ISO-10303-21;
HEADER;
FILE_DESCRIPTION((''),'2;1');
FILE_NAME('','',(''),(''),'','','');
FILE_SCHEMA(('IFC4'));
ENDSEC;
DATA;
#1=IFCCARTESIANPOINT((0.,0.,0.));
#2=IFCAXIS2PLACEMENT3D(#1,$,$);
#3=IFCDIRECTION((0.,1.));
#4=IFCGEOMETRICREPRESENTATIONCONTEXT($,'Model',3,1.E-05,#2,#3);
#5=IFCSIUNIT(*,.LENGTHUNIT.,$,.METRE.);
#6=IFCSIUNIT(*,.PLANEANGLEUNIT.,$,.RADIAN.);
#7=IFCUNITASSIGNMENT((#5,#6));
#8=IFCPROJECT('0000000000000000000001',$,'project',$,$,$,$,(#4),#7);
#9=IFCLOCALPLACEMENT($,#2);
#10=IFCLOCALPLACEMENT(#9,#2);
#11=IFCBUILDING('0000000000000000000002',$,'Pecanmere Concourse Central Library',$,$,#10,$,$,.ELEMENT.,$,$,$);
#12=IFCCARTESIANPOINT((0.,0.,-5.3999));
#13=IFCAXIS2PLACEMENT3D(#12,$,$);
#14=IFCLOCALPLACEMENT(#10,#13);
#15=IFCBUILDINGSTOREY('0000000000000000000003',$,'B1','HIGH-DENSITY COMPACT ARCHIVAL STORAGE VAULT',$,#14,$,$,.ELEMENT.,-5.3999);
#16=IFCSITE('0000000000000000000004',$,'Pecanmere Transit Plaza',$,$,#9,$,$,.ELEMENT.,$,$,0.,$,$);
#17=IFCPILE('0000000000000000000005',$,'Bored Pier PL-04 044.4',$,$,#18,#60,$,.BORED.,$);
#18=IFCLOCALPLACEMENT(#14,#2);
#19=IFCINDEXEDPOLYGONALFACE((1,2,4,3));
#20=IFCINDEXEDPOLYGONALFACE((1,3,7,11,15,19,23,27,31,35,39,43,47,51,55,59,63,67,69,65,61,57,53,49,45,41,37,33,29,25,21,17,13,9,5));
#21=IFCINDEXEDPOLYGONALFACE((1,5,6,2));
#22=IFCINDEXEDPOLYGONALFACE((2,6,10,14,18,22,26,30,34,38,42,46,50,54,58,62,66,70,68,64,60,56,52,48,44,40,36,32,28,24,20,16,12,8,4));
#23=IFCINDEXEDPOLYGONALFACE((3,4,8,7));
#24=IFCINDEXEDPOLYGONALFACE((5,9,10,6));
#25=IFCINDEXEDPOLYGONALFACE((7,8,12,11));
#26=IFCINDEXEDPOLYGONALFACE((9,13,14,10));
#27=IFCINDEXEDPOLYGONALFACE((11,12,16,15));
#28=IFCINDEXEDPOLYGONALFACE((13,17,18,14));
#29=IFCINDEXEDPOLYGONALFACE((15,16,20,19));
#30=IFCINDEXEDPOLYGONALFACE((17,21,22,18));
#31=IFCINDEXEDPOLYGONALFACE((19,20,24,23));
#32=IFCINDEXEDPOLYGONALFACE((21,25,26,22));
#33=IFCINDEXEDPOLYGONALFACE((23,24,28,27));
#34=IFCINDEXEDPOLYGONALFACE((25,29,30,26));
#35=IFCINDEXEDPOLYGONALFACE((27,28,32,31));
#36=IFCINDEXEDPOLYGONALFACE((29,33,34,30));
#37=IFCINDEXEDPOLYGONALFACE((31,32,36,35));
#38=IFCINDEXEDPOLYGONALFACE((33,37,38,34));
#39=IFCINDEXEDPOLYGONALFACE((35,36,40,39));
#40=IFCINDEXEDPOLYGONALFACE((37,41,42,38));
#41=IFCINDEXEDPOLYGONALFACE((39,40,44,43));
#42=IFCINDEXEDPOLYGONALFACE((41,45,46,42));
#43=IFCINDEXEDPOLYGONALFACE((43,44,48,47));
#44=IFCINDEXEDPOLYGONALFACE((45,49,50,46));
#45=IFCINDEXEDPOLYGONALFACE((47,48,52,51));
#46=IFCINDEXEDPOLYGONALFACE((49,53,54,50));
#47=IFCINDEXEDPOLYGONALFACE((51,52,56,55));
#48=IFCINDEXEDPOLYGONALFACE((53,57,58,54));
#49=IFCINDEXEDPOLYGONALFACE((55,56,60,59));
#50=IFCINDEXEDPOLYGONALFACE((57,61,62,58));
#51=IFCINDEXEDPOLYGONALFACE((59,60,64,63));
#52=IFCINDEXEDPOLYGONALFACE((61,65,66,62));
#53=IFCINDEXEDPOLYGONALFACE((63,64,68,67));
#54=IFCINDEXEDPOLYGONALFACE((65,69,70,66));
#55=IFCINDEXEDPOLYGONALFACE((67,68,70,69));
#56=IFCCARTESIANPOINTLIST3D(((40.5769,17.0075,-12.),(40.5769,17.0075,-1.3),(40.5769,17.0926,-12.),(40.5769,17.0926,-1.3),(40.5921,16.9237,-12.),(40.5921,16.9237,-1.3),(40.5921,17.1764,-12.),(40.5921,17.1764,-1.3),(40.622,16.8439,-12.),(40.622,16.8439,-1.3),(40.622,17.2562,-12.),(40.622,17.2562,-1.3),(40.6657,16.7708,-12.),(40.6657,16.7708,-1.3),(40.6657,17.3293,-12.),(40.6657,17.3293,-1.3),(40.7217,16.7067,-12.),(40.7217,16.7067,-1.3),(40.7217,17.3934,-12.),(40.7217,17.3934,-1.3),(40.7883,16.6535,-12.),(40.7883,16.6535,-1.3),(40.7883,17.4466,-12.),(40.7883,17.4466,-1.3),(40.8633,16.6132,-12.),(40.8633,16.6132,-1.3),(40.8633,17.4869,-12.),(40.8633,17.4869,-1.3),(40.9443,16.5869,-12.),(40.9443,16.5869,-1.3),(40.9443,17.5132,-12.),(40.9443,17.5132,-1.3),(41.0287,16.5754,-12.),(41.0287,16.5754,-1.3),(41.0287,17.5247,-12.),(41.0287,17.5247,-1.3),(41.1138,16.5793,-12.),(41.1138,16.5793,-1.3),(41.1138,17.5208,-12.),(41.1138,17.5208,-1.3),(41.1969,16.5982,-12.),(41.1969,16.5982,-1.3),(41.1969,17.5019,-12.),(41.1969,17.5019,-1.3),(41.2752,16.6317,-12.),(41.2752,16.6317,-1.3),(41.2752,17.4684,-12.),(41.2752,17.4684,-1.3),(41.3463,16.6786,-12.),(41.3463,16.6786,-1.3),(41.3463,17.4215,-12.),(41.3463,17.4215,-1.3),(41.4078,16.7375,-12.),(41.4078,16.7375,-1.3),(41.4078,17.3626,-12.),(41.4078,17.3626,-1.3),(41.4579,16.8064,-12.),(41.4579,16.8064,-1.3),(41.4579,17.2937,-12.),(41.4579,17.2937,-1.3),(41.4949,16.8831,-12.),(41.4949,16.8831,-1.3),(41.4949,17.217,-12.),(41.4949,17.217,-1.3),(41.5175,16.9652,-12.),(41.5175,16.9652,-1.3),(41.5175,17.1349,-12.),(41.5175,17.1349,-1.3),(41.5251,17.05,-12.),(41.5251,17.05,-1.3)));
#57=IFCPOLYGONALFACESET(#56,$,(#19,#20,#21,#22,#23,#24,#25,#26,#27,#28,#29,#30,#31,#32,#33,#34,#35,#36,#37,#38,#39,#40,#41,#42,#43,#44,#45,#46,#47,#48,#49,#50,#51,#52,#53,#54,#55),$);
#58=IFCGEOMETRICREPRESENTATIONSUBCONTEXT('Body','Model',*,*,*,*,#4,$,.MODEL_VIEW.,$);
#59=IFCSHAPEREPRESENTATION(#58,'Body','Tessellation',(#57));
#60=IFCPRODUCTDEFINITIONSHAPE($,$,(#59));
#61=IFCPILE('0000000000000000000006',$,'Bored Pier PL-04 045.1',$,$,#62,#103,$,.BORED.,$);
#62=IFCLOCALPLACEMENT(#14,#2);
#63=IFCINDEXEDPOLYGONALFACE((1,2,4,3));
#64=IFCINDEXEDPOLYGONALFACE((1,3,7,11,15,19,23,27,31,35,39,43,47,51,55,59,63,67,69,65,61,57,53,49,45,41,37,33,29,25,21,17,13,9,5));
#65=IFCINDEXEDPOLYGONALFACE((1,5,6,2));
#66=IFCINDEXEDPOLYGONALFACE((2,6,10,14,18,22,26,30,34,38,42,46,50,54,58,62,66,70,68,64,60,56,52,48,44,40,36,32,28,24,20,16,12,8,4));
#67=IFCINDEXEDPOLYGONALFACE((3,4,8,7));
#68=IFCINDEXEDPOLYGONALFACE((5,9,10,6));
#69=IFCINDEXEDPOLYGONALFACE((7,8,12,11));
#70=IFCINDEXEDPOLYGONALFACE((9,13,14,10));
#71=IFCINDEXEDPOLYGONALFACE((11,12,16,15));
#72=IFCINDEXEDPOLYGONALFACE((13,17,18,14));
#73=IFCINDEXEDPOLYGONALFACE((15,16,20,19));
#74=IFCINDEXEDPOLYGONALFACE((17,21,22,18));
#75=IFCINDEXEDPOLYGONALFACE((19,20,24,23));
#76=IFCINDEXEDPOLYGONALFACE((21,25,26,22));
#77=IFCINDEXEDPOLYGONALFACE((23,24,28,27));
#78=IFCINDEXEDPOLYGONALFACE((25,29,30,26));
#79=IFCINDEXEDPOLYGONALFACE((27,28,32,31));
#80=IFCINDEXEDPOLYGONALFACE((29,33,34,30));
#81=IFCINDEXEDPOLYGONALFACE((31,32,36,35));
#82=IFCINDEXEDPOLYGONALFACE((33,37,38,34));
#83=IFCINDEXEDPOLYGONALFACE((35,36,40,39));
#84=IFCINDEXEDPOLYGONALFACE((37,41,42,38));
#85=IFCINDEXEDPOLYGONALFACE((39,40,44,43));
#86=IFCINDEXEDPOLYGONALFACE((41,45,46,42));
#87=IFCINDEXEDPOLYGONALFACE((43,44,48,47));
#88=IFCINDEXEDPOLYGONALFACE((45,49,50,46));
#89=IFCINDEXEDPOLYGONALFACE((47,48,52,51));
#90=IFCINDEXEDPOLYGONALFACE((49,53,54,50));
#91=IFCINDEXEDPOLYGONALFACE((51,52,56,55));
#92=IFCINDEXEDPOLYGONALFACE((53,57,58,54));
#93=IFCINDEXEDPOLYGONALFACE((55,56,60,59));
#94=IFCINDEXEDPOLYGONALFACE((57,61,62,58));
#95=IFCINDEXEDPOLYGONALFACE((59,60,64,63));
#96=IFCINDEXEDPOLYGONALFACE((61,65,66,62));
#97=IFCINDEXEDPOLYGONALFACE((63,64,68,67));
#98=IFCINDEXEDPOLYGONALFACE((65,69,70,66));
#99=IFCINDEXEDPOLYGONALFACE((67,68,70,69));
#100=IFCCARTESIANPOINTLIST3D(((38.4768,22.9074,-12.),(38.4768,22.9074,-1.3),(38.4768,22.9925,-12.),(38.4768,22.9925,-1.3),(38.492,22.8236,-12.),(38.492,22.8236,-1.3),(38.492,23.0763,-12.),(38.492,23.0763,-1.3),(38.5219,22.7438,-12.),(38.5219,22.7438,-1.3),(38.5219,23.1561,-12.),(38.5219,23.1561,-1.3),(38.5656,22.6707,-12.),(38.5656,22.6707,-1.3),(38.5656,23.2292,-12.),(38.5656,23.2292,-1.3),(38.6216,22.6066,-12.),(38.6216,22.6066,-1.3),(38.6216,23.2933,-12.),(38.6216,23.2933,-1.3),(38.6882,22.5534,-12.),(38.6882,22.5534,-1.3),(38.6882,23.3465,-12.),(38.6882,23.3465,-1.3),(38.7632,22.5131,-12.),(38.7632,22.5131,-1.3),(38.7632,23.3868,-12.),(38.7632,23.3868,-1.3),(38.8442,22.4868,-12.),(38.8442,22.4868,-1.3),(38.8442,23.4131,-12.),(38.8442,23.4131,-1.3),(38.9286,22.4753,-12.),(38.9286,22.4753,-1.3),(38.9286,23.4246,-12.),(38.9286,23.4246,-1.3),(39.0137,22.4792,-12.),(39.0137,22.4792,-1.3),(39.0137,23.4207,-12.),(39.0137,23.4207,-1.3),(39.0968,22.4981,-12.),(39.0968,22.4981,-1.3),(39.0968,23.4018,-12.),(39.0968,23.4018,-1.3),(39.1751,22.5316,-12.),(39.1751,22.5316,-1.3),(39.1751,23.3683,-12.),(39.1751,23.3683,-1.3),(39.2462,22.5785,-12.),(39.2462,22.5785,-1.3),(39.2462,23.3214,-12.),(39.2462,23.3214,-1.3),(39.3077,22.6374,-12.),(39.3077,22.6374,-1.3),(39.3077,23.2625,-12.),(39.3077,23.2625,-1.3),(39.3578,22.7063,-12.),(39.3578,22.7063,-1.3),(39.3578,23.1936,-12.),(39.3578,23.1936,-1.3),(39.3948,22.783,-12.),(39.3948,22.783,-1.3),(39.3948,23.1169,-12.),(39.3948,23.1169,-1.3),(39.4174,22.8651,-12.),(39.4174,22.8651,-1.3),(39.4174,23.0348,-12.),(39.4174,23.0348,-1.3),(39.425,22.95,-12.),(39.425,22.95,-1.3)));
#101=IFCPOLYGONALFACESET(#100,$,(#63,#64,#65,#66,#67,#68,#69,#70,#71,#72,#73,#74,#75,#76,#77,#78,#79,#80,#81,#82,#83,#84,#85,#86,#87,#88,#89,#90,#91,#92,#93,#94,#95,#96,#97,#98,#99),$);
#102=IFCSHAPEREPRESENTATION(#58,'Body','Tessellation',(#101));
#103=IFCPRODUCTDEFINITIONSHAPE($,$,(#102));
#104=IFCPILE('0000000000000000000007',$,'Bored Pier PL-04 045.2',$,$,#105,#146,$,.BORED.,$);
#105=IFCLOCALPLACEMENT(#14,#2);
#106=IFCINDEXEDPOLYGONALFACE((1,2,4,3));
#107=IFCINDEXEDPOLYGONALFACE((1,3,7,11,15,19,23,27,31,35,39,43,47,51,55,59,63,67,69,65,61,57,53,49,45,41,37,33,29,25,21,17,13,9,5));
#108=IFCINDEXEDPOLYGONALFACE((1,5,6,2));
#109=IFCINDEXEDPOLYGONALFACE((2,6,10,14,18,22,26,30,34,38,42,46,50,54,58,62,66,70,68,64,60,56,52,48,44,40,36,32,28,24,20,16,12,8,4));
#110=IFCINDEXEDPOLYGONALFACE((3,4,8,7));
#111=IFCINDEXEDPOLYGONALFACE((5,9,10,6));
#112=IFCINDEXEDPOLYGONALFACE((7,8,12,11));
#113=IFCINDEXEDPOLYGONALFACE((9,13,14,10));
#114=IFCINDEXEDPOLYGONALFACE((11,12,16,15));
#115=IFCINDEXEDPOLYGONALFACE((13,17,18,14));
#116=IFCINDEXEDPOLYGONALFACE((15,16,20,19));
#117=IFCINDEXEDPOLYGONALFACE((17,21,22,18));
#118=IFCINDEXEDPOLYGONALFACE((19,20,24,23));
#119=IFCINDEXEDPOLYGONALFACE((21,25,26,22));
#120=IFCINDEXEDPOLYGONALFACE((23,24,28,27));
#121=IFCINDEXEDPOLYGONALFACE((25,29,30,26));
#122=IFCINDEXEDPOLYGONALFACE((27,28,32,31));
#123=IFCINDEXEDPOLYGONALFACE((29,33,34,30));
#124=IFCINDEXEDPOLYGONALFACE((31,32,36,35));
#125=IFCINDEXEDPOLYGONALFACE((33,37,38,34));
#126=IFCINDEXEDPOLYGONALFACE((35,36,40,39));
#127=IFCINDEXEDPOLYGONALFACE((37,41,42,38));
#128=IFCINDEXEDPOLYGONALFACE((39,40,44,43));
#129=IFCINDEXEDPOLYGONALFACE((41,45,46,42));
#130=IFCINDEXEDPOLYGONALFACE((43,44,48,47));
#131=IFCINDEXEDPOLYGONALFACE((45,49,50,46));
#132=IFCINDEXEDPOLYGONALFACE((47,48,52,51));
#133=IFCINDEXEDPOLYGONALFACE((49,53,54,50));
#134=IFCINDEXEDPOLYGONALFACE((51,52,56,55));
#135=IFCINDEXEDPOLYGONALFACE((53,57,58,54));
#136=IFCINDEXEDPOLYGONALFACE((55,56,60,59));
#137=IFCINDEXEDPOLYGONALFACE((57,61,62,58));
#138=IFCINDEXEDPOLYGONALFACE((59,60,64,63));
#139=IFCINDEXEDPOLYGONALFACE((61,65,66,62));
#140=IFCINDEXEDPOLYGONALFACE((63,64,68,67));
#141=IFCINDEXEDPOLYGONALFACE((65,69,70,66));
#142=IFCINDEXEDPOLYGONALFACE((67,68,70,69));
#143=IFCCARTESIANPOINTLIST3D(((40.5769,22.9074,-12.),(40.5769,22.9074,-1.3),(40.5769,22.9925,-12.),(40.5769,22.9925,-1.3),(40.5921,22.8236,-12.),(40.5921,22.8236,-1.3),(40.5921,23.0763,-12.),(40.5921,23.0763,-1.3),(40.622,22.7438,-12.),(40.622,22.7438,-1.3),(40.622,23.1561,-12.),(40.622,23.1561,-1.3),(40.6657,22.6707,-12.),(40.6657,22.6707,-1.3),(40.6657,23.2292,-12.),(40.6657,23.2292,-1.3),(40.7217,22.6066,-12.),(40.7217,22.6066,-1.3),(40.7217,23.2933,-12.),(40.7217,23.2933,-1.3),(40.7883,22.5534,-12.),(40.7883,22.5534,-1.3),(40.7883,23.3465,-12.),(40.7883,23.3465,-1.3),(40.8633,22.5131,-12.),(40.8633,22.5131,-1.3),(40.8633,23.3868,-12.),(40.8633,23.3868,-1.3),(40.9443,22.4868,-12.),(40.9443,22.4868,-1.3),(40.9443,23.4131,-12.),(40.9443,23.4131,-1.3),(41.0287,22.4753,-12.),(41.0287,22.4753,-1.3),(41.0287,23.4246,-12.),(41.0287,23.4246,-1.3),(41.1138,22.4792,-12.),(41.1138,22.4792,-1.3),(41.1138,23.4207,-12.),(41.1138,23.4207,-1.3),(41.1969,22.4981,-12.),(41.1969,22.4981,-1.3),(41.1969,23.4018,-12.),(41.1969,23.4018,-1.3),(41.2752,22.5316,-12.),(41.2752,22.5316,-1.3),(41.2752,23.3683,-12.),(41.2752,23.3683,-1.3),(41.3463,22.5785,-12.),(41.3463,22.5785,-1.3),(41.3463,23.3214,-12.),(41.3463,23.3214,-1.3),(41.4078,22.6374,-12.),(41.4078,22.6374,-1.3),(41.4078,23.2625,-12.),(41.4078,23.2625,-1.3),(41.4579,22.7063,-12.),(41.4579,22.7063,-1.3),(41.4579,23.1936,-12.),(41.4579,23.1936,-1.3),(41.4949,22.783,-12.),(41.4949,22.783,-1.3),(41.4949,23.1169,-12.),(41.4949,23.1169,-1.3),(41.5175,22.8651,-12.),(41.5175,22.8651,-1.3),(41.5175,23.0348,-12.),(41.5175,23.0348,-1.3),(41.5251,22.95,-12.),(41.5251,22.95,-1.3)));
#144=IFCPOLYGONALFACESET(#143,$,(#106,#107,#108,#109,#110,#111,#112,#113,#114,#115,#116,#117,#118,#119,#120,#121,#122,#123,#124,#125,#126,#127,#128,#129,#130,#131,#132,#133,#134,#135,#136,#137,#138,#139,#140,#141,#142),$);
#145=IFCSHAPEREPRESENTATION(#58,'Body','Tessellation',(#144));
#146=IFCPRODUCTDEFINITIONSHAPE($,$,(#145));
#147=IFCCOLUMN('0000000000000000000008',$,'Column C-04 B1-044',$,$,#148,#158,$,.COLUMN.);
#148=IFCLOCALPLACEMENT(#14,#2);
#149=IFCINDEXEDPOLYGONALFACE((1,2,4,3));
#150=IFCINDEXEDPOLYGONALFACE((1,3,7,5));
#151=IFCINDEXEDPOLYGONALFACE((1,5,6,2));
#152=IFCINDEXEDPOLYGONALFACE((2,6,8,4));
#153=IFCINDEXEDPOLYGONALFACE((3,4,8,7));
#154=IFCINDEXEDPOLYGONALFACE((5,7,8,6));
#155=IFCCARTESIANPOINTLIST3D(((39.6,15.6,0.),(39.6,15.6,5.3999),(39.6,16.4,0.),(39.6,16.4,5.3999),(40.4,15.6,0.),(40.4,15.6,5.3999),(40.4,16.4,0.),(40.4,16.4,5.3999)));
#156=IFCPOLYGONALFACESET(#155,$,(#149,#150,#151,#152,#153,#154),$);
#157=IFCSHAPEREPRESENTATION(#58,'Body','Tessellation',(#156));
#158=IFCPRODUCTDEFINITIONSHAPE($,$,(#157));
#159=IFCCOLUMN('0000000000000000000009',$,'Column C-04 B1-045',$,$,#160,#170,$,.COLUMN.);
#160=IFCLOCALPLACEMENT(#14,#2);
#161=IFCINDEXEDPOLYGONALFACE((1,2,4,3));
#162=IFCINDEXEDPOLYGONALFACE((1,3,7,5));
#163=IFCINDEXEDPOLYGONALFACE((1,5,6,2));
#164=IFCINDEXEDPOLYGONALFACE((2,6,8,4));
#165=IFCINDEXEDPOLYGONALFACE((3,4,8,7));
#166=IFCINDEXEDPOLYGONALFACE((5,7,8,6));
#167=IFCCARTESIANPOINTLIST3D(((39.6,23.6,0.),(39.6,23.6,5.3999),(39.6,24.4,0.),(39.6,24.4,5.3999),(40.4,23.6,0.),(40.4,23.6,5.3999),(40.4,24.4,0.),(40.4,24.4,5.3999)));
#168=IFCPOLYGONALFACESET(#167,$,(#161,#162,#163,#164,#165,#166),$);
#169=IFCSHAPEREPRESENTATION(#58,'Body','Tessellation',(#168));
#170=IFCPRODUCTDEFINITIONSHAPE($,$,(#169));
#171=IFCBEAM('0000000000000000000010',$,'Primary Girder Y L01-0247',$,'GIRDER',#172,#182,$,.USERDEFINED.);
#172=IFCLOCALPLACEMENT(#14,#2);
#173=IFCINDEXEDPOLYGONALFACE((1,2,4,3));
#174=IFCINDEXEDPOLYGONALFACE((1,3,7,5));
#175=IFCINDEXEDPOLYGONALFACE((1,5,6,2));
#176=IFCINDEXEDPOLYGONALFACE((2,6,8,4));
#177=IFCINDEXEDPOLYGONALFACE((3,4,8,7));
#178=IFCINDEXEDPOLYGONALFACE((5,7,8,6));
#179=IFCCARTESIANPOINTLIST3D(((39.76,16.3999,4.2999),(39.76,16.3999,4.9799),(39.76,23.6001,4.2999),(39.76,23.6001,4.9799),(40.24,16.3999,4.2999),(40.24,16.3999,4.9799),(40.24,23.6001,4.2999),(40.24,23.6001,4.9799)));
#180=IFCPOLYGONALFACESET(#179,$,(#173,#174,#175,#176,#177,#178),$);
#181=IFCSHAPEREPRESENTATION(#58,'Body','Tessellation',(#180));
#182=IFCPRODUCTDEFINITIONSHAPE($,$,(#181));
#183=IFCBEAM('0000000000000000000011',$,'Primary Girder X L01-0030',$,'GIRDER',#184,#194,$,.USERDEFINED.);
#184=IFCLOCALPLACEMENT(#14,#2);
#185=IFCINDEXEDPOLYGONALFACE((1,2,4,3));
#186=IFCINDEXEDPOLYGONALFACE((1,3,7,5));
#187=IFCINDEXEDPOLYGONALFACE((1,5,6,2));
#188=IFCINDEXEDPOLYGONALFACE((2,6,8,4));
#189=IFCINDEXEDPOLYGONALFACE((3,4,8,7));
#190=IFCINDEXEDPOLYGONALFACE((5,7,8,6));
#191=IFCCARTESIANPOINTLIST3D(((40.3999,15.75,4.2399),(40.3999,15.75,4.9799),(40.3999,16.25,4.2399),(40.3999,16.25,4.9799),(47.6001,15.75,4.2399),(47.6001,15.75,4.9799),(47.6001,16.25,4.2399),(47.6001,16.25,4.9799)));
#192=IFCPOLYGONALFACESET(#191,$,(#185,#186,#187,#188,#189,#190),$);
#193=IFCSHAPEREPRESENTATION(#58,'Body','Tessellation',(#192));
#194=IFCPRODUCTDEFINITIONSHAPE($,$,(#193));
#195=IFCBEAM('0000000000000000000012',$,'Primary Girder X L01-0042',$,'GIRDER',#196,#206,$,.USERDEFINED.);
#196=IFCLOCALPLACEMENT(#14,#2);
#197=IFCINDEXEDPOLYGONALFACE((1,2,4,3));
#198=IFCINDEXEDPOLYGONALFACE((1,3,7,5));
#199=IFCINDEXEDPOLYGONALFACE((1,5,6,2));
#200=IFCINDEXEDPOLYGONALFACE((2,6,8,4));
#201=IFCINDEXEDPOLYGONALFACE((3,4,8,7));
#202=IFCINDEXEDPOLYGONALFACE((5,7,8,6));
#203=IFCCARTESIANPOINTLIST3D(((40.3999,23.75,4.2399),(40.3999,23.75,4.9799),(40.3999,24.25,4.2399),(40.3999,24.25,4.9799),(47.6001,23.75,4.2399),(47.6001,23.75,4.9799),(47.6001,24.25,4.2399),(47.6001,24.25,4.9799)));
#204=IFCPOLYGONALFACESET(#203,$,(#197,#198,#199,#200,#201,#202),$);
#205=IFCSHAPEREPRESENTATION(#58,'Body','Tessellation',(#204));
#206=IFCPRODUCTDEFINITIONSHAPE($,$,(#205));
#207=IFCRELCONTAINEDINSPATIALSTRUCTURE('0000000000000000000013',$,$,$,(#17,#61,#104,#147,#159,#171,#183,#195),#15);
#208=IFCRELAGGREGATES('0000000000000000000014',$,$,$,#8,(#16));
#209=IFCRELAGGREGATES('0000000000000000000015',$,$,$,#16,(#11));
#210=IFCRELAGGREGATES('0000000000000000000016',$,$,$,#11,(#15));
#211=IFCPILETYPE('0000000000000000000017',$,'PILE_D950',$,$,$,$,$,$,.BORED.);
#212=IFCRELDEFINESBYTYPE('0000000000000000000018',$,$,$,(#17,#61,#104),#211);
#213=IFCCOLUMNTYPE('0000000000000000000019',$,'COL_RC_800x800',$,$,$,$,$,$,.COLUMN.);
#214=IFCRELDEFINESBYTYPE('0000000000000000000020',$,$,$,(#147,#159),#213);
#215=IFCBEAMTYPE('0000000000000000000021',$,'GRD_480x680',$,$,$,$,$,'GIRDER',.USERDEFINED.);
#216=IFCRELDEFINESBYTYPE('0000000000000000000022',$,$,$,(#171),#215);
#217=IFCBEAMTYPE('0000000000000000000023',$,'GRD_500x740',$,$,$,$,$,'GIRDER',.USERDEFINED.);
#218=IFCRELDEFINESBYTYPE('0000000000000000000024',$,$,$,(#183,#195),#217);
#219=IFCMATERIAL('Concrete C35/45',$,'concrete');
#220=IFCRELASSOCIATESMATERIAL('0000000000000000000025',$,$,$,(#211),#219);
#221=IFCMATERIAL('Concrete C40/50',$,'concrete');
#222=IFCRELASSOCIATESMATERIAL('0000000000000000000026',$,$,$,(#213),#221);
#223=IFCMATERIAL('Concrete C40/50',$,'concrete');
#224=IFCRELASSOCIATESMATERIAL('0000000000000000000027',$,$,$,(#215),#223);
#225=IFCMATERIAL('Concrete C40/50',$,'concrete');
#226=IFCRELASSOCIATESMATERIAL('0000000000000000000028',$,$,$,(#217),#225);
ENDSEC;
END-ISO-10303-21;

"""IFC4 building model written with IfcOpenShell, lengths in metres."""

from ifc_helpers import new_model, si_unit, direction, frame, origin, origin_2d, place, context, subcontext, project, spatial, rectangle, circle, extrude, material, material_profile, profile_set, type_object, element, save


model = new_model("IFC4")

# Units and contexts
model_context = context("Model", 3, precision=1e-05, world=origin(), true_north=direction((0.0, 1.0)))
body_context = subcontext(model_context, "Body", "Model", "MODEL_VIEW")
ifc_project = project(units=[si_unit("LENGTHUNIT", "METRE"), si_unit("PLANEANGLEUNIT", "RADIAN")], contexts=[model_context])

# Site, building, storey
site_placement = place(None, origin())
site = spatial("IfcSite", under=ifc_project, at=site_placement, Name="Pecanmere Transit Plaza", CompositionType="ELEMENT", RefElevation=0.0)
building_placement = place(site_placement, origin())
building = spatial("IfcBuilding", under=site, at=building_placement, Name="Pecanmere Concourse Central Library", CompositionType="ELEMENT")
storey_placement = place(building_placement, frame((0.0, 0.0, -5.3999)))
storey = spatial("IfcBuildingStorey", under=building, at=storey_placement, Name="B1", Description="HIGH-DENSITY COMPACT ARCHIVAL STORAGE VAULT", CompositionType="ELEMENT", Elevation=-5.3999)

# Piles
ifc_material_1 = material(Name="Concrete C35/45", Category="concrete")
ifc_material_profile_1 = material_profile(ifc_material_1, circle(Radius=0.4751, at=origin_2d()), Name="PIER D950")
ifc_profile_set_1 = profile_set([ifc_material_profile_1], Name="Concrete C35/45")
pile_type = type_object("IfcPileType", Name="PILE_D950", PredefinedType="BORED", material=ifc_profile_set_1)
for number, where, z_axis, x_axis, name in (
    (1, (41.05, 17.05, -1.3), (0.0, 0.0, -1.0), (1.0, 0.0, 0.0), "Bored Pier PL-04 044.4"),
    (2, (38.95, 22.95, -1.3), (0.0, 0.0, -1.0), (1.0, 0.0, 0.0), "Bored Pier PL-04 045.1"),
    (3, (41.05, 22.95, -1.3), (0.0, 0.0, -1.0), (1.0, 0.0, 0.0), "Bored Pier PL-04 045.2"),
):
    element("IfcPile", number, at=place(storey_placement, frame(where, z_axis=z_axis, x_axis=x_axis)), inside=storey, type_object=pile_type, Name=name, PredefinedType="BORED", context=body_context, shape_type="SweptSolid", body=[
        extrude(circle(Radius=0.4751, at=origin_2d()), origin(), (0.0, 0.0, 1.0), 10.7),
    ])

# Columns
ifc_material_2 = material(Name="Concrete C40/50", Category="concrete")
ifc_material_profile_2 = material_profile(ifc_material_2, rectangle(XDim=0.8, YDim=0.8, at=origin_2d()), Name="RC 800x800")
ifc_profile_set_2 = profile_set([ifc_material_profile_2], Name="Concrete C40/50")
column_type = type_object("IfcColumnType", Name="COL_RC_800x800", PredefinedType="COLUMN", material=ifc_profile_set_2)
for number, where, z_axis, x_axis, name in (
    (4, (40.0, 16.0, 0.0), (0.0, 0.0, 1.0), (1.0, 0.0, 0.0), "Column C-04 B1-044"),
    (5, (40.0, 24.0, 0.0), (0.0, 0.0, 1.0), (1.0, 0.0, 0.0), "Column C-04 B1-045"),
):
    element("IfcColumn", number, at=place(storey_placement, frame(where, z_axis=z_axis, x_axis=x_axis)), inside=storey, type_object=column_type, Name=name, PredefinedType="COLUMN", context=body_context, shape_type="SweptSolid", body=[
        extrude(rectangle(XDim=0.8, YDim=0.8, at=origin_2d()), origin(), (0.0, 0.0, 1.0), 5.3999),
    ])

# Beams
ifc_material_3 = material(Name="Concrete C40/50", Category="concrete")
ifc_material_profile_3 = material_profile(ifc_material_3, rectangle(XDim=0.48, YDim=0.6799, at=origin_2d()), Name="RC 480x680")
ifc_profile_set_3 = profile_set([ifc_material_profile_3], Name="Concrete C40/50")
beam_type_1 = type_object("IfcBeamType", Name="GRD_480x680", ElementType="GIRDER", PredefinedType="USERDEFINED", material=ifc_profile_set_3)
beam_1_placement = place(storey_placement, frame((40.0, 16.3999, 4.6399), z_axis=(0.0, 1.0, 0.0), x_axis=(-1.0, 0.0, 0.0)))
element("IfcBeam", 6, at=beam_1_placement, inside=storey, type_object=beam_type_1, Name="Primary Girder Y L01-0247", ObjectType="GIRDER", PredefinedType="USERDEFINED", context=body_context, shape_type="SweptSolid", body=[
    extrude(rectangle(XDim=0.48, YDim=0.6799, at=origin_2d()), origin(), (0.0, 0.0, 1.0), 7.2002),
])
ifc_material_4 = material(Name="Concrete C40/50", Category="concrete")
ifc_material_profile_4 = material_profile(ifc_material_4, rectangle(XDim=0.5, YDim=0.74, at=origin_2d()), Name="RC 500x740")
ifc_profile_set_4 = profile_set([ifc_material_profile_4], Name="Concrete C40/50")
beam_type_2 = type_object("IfcBeamType", Name="GRD_500x740", ElementType="GIRDER", PredefinedType="USERDEFINED", material=ifc_profile_set_4)
for number, where, z_axis, x_axis, name in (
    (7, (40.3999, 16.0, 4.6099), (1.0, 0.0, 0.0), (0.0, 1.0, 0.0), "Primary Girder X L01-0030"),
    (8, (40.3999, 24.0, 4.6099), (1.0, 0.0, 0.0), (0.0, 1.0, 0.0), "Primary Girder X L01-0042"),
):
    element("IfcBeam", number, at=place(storey_placement, frame(where, z_axis=z_axis, x_axis=x_axis)), inside=storey, type_object=beam_type_2, Name=name, ObjectType="GIRDER", PredefinedType="USERDEFINED", context=body_context, shape_type="SweptSolid", body=[
        extrude(rectangle(XDim=0.5, YDim=0.74, at=origin_2d()), origin(), (0.0, 0.0, 1.0), 7.2002),
    ])

save(model, "model.ifc")
